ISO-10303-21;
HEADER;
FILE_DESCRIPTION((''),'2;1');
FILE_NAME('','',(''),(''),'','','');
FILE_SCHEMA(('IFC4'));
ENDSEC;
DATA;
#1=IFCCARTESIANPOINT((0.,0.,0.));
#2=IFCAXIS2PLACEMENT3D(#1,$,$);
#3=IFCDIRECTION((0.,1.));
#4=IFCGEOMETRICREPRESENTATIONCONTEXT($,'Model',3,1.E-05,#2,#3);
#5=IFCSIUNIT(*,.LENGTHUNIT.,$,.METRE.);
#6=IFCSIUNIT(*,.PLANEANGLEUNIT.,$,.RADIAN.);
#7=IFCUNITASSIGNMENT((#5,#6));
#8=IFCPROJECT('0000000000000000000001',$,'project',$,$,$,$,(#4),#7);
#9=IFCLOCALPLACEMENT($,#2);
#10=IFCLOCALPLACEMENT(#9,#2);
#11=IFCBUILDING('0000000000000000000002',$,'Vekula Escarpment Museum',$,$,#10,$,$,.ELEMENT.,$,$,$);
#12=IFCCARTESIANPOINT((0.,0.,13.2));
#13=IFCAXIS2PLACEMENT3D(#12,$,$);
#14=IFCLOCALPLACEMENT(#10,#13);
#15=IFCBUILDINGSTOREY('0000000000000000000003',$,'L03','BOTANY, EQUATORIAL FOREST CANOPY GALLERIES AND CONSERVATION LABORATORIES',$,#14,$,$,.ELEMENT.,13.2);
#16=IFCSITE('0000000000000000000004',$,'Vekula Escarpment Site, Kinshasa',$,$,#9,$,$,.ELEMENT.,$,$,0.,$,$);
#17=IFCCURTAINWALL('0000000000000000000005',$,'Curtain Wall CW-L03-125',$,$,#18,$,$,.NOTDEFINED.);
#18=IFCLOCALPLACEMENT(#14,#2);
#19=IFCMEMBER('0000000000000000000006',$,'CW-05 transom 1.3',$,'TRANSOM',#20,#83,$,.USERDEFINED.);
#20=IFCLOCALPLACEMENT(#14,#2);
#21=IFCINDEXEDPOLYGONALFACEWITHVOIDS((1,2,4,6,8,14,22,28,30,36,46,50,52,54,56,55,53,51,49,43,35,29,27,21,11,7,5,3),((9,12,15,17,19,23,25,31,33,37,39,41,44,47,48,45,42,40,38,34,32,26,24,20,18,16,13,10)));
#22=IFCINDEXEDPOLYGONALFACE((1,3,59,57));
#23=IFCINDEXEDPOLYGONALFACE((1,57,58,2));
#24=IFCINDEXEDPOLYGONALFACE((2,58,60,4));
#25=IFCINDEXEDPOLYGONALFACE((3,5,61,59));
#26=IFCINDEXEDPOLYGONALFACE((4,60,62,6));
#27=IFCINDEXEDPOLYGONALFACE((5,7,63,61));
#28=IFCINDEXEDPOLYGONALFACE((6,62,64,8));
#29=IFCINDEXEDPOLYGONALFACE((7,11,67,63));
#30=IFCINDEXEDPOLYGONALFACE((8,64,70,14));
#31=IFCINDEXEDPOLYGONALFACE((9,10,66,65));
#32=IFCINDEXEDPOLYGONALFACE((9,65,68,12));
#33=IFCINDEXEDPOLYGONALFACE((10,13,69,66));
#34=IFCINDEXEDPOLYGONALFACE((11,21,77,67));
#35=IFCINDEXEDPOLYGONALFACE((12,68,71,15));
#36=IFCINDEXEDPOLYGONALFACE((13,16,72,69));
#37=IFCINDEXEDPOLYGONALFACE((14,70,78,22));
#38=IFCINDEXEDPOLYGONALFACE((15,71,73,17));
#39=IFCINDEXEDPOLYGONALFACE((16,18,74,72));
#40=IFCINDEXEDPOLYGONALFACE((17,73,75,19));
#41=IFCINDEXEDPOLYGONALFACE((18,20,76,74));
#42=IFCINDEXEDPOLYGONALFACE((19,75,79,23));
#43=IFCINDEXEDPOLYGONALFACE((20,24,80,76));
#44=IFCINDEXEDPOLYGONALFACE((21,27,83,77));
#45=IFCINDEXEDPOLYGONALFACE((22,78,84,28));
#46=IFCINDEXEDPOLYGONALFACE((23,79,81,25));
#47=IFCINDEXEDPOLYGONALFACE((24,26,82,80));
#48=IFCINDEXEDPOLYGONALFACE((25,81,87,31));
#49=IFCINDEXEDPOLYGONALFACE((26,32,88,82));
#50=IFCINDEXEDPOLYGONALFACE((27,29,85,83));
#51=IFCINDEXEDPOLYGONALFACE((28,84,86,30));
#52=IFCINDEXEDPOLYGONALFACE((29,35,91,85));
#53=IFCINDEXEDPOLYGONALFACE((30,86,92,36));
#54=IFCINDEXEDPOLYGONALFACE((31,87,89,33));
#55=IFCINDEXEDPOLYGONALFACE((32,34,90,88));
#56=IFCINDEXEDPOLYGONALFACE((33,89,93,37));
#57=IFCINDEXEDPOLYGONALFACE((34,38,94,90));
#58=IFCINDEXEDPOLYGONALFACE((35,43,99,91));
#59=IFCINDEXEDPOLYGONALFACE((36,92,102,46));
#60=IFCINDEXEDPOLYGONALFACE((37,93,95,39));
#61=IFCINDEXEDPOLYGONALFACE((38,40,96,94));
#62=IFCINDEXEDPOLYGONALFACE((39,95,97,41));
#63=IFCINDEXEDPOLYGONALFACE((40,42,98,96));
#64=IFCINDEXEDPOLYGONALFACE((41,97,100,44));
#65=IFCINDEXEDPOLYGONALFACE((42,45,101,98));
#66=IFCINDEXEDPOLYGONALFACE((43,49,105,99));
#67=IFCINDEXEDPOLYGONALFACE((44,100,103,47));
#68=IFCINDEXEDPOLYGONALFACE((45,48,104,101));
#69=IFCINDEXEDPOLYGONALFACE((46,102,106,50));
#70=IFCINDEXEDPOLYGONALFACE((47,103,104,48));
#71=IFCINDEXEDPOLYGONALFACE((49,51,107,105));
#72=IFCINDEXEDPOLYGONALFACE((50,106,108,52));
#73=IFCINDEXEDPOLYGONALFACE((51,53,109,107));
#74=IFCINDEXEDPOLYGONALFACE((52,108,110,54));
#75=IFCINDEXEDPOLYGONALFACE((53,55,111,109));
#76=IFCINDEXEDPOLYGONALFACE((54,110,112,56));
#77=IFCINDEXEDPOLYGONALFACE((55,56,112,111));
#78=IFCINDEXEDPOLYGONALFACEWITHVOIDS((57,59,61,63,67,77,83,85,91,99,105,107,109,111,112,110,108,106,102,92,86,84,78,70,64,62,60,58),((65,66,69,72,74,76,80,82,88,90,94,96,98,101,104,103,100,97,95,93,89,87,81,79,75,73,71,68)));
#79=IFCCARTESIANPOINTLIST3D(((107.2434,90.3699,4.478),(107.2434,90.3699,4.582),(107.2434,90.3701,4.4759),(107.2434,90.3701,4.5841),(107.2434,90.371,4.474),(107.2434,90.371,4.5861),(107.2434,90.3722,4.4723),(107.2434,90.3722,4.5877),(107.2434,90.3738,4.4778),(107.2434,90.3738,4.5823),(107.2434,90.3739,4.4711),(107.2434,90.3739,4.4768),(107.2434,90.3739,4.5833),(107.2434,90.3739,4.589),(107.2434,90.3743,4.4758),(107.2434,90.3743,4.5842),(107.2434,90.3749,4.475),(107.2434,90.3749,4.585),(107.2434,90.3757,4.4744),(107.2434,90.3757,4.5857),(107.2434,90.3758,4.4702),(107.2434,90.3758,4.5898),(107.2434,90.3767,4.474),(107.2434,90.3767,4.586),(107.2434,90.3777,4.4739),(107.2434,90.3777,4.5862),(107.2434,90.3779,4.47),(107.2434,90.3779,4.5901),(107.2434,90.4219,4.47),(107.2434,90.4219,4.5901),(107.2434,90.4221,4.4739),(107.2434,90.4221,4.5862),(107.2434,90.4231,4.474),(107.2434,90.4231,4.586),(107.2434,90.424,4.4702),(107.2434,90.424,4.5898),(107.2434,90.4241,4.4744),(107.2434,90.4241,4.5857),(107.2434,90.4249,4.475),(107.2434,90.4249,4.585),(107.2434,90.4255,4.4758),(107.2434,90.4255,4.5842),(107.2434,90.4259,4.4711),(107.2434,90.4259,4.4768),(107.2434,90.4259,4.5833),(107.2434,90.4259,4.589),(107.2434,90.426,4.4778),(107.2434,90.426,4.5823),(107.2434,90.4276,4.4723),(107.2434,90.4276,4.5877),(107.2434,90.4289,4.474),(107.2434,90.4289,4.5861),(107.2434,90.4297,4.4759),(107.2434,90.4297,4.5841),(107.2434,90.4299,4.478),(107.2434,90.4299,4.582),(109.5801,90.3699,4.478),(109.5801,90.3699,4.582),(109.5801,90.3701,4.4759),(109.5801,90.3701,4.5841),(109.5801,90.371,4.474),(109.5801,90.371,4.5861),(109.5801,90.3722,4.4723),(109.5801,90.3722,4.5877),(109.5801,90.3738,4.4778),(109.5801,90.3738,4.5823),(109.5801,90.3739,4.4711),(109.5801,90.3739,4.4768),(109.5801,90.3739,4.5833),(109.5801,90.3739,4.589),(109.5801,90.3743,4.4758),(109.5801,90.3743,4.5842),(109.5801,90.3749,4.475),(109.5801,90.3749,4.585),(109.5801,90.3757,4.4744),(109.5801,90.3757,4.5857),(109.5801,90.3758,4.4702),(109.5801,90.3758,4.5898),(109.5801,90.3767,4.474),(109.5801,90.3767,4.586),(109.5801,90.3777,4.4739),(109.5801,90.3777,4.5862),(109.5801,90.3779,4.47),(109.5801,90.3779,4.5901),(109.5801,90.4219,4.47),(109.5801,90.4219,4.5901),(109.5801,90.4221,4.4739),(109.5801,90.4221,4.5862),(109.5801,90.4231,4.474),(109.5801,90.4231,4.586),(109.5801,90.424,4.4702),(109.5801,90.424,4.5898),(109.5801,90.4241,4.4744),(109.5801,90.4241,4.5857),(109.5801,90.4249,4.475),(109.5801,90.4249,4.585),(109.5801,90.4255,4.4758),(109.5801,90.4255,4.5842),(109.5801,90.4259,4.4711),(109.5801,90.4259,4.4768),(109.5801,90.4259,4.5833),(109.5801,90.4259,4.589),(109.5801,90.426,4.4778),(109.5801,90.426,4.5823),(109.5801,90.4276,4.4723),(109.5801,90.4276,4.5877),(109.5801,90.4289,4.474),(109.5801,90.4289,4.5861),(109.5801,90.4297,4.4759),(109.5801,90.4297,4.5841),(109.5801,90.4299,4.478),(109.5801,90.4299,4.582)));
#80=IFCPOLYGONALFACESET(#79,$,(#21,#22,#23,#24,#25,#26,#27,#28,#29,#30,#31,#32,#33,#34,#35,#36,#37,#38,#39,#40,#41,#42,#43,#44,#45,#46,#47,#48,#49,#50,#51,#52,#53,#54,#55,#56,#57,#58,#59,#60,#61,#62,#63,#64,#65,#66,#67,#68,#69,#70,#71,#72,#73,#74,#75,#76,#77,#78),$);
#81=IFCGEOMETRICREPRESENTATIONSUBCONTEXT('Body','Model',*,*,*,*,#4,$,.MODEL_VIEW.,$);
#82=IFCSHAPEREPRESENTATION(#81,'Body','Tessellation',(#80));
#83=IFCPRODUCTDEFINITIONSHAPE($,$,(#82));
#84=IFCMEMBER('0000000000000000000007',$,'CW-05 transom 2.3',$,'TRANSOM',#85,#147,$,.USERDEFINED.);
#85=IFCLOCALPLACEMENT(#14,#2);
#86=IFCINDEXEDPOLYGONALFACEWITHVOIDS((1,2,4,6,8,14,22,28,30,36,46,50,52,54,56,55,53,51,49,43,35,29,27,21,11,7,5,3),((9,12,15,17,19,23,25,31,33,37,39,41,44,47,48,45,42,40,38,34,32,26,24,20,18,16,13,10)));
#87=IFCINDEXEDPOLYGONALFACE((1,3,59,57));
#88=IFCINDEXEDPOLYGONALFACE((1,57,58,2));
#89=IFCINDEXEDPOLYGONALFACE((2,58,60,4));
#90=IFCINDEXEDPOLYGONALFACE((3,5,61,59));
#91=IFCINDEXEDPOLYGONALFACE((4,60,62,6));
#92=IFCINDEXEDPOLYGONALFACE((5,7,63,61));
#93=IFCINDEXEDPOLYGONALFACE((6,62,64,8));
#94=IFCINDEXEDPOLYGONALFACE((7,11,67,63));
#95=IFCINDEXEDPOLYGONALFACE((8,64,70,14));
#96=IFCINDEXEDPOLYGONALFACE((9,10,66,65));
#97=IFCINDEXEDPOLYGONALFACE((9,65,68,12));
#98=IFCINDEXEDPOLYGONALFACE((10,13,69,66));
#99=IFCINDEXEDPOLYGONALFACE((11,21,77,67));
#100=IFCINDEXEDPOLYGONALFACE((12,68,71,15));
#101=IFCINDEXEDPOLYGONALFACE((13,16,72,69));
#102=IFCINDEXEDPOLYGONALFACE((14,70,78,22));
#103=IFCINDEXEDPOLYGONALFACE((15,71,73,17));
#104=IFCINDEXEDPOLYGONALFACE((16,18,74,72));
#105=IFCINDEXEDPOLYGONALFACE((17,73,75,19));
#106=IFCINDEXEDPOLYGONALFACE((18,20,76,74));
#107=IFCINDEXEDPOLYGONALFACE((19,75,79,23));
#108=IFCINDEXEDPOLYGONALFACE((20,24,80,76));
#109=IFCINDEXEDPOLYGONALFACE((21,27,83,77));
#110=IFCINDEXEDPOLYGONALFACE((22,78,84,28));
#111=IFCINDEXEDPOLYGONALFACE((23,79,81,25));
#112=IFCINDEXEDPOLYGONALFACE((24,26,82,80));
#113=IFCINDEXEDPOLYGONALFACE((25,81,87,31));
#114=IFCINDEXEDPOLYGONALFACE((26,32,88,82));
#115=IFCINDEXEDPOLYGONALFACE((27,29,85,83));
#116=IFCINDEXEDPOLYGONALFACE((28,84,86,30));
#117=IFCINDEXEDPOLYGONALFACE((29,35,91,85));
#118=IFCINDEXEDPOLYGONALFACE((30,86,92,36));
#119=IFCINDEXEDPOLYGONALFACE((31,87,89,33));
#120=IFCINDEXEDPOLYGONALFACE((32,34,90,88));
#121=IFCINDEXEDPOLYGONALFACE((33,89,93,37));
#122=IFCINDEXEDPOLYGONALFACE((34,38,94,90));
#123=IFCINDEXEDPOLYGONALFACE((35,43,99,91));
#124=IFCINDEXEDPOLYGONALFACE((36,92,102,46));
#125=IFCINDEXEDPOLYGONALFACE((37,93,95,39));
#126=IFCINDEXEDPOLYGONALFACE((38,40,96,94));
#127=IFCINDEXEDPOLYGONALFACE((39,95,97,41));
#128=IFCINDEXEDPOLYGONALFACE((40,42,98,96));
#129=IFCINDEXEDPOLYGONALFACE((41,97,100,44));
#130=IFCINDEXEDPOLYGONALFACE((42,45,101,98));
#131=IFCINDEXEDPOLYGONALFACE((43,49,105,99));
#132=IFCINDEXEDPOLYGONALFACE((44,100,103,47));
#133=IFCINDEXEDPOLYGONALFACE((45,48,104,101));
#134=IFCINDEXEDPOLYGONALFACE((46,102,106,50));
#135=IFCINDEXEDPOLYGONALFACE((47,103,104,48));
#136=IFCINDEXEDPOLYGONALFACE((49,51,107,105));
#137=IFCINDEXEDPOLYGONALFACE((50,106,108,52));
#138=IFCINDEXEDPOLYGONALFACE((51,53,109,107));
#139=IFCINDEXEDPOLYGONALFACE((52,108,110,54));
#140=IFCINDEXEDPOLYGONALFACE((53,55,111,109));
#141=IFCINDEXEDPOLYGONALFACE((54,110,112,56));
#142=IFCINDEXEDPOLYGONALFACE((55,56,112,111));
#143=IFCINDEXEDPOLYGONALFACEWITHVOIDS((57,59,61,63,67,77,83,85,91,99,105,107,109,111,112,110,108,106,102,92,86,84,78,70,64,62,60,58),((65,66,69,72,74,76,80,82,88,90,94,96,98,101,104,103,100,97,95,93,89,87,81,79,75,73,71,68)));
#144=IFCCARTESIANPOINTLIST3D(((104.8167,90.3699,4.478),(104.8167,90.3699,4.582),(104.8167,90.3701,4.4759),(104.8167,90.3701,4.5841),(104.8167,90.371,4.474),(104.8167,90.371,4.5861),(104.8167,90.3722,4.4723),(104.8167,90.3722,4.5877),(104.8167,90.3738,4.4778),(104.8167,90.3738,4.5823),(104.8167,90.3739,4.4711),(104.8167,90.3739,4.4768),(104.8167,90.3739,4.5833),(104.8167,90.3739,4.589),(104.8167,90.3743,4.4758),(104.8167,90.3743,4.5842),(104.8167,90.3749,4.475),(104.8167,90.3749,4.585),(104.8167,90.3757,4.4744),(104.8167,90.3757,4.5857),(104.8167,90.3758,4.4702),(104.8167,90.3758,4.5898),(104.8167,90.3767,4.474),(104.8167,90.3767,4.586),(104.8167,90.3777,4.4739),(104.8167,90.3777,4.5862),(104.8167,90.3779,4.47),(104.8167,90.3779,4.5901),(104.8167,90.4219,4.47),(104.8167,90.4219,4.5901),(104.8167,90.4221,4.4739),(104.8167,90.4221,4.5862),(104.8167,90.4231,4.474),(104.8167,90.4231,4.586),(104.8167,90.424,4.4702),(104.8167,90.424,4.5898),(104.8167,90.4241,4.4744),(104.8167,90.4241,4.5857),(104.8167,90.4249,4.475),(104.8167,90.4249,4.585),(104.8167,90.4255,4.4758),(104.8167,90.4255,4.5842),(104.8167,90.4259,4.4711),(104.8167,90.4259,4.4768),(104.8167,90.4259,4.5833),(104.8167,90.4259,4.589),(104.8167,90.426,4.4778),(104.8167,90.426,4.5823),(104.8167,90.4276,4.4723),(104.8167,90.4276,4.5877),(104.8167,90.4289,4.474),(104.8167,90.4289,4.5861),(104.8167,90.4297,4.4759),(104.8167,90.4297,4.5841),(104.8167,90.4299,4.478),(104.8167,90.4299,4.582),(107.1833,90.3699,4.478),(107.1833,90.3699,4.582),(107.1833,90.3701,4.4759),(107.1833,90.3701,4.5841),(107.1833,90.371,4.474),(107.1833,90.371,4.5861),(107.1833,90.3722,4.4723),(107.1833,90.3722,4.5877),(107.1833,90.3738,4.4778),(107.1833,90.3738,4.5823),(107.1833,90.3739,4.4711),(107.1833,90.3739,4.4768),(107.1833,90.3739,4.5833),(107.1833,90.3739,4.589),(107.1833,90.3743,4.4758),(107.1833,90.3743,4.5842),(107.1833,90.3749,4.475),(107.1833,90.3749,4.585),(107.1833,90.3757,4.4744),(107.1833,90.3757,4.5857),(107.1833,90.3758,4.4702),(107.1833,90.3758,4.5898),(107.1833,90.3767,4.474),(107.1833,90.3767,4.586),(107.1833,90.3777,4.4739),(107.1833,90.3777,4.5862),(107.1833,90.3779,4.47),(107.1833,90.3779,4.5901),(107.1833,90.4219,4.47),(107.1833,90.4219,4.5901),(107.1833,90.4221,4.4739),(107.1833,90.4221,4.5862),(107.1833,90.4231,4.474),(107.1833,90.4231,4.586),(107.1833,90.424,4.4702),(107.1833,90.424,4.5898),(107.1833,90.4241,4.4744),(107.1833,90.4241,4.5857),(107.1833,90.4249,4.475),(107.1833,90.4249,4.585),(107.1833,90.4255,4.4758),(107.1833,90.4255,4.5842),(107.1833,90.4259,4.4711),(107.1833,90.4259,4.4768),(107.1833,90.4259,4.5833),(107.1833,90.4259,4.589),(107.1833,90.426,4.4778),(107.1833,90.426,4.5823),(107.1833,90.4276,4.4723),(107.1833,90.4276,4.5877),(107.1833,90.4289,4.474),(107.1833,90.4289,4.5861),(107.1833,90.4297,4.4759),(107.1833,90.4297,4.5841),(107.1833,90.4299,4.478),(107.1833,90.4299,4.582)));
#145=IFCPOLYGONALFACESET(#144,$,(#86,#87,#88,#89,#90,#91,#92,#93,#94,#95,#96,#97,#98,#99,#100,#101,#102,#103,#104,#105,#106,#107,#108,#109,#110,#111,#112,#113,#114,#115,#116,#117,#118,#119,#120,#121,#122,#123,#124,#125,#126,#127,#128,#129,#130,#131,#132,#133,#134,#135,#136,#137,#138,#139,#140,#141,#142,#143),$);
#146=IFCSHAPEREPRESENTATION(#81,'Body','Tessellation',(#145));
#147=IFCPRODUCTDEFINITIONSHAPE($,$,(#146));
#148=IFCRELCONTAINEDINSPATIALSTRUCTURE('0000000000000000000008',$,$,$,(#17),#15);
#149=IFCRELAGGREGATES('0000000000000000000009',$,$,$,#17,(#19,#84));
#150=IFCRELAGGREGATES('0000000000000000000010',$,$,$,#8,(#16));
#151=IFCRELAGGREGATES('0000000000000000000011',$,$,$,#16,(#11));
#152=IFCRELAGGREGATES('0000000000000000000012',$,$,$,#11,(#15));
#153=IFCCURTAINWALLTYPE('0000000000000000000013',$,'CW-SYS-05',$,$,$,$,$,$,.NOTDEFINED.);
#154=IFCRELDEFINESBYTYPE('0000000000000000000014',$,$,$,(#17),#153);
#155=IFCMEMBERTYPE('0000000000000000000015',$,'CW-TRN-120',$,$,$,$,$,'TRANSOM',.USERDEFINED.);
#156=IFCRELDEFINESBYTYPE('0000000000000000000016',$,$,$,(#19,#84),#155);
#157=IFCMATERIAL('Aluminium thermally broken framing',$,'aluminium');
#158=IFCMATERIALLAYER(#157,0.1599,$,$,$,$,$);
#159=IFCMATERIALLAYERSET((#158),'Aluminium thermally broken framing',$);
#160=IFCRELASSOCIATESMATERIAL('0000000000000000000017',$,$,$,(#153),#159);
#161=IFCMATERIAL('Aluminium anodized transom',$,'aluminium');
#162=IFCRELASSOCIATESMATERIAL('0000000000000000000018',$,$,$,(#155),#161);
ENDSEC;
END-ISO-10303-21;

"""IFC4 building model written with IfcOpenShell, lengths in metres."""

from ifc_helpers import new_model, si_unit, direction, frame, origin, origin_2d, place, context, subcontext, project, spatial, hollow_rectangle, extrude, material, layer, layer_set, material_profile, profile_set, type_object, element, aggregate, save


model = new_model("IFC4")

# Units and contexts
model_context = context("Model", 3, precision=1e-05, world=origin(), true_north=direction((0.0, 1.0)))
body_context = subcontext(model_context, "Body", "Model", "MODEL_VIEW")
ifc_project = project(units=[si_unit("LENGTHUNIT", "METRE"), si_unit("PLANEANGLEUNIT", "RADIAN")], contexts=[model_context])

# Site, building, storey
site_placement = place(None, origin())
site = spatial("IfcSite", under=ifc_project, at=site_placement, Name="Vekula Escarpment Site, Kinshasa", CompositionType="ELEMENT", RefElevation=0.0)
building_placement = place(site_placement, origin())
building = spatial("IfcBuilding", under=site, at=building_placement, Name="Vekula Escarpment Museum", CompositionType="ELEMENT")
storey_placement = place(building_placement, frame((0.0, 0.0, 13.2)))
storey = spatial("IfcBuildingStorey", under=building, at=storey_placement, Name="L03", Description="BOTANY, EQUATORIAL FOREST CANOPY GALLERIES AND CONSERVATION LABORATORIES", CompositionType="ELEMENT", Elevation=13.2)

# Curtain wall
ifc_material_1 = material(Name="Aluminium thermally broken framing", Category="aluminium")
ifc_layer_1 = layer(ifc_material_1, 0.1599)
ifc_layer_set_1 = layer_set([ifc_layer_1], Name="Aluminium thermally broken framing")
curtain_wall_type_1 = type_object("IfcCurtainWallType", Name="CW-SYS-05", PredefinedType="NOTDEFINED", material=ifc_layer_set_1)
curtain_wall_1_placement = place(storey_placement, origin())
curtain_wall_1 = element("IfcCurtainWall", 1, at=curtain_wall_1_placement, inside=storey, type_object=curtain_wall_type_1, Name="Curtain Wall CW-L03-125", PredefinedType="NOTDEFINED")

# Members
ifc_material_2 = material(Name="Aluminium anodized transom", Category="aluminium")
ifc_material_profile_1 = material_profile(ifc_material_2, hollow_rectangle(XDim=0.0601, YDim=0.1201, WallThickness=0.0039, InnerFilletRadius=0.0039, OuterFilletRadius=0.0081, at=origin_2d()), Name="ALU 120x60x4")
ifc_profile_set_1 = profile_set([ifc_material_profile_1], Name="Aluminium anodized transom")
member_type_1 = type_object("IfcMemberType", Name="CW-TRN-120", ElementType="TRANSOM", PredefinedType="USERDEFINED", material=ifc_profile_set_1)
member_1_placement = place(storey_placement, frame((109.5801, 90.3999, 4.53), z_axis=(-1.0, 0.0, 0.0), x_axis=(0.0, -1.0, 0.0)))
member_1 = element("IfcMember", 2, at=member_1_placement, type_object=member_type_1, Name="CW-05 transom 1.3", ObjectType="TRANSOM", PredefinedType="USERDEFINED", context=body_context, shape_type="SweptSolid", body=[
    extrude(hollow_rectangle(XDim=0.0601, YDim=0.1201, WallThickness=0.0039, InnerFilletRadius=0.0039, OuterFilletRadius=0.0081, at=origin_2d()), origin(), (0.0, 0.0, 1.0), 2.3367),
])
member_2_placement = place(storey_placement, frame((107.1833, 90.3999, 4.53), z_axis=(-1.0, 0.0, 0.0), x_axis=(0.0, -1.0, 0.0)))
member_2 = element("IfcMember", 3, at=member_2_placement, type_object=member_type_1, Name="CW-05 transom 2.3", ObjectType="TRANSOM", PredefinedType="USERDEFINED", context=body_context, shape_type="SweptSolid", body=[
    extrude(hollow_rectangle(XDim=0.0601, YDim=0.1201, WallThickness=0.0039, InnerFilletRadius=0.0039, OuterFilletRadius=0.0081, at=origin_2d()), origin(), (0.0, 0.0, 1.0), 2.3667),
])

aggregate(curtain_wall_1, [member_1, member_2])

save(model, "model.ifc")
